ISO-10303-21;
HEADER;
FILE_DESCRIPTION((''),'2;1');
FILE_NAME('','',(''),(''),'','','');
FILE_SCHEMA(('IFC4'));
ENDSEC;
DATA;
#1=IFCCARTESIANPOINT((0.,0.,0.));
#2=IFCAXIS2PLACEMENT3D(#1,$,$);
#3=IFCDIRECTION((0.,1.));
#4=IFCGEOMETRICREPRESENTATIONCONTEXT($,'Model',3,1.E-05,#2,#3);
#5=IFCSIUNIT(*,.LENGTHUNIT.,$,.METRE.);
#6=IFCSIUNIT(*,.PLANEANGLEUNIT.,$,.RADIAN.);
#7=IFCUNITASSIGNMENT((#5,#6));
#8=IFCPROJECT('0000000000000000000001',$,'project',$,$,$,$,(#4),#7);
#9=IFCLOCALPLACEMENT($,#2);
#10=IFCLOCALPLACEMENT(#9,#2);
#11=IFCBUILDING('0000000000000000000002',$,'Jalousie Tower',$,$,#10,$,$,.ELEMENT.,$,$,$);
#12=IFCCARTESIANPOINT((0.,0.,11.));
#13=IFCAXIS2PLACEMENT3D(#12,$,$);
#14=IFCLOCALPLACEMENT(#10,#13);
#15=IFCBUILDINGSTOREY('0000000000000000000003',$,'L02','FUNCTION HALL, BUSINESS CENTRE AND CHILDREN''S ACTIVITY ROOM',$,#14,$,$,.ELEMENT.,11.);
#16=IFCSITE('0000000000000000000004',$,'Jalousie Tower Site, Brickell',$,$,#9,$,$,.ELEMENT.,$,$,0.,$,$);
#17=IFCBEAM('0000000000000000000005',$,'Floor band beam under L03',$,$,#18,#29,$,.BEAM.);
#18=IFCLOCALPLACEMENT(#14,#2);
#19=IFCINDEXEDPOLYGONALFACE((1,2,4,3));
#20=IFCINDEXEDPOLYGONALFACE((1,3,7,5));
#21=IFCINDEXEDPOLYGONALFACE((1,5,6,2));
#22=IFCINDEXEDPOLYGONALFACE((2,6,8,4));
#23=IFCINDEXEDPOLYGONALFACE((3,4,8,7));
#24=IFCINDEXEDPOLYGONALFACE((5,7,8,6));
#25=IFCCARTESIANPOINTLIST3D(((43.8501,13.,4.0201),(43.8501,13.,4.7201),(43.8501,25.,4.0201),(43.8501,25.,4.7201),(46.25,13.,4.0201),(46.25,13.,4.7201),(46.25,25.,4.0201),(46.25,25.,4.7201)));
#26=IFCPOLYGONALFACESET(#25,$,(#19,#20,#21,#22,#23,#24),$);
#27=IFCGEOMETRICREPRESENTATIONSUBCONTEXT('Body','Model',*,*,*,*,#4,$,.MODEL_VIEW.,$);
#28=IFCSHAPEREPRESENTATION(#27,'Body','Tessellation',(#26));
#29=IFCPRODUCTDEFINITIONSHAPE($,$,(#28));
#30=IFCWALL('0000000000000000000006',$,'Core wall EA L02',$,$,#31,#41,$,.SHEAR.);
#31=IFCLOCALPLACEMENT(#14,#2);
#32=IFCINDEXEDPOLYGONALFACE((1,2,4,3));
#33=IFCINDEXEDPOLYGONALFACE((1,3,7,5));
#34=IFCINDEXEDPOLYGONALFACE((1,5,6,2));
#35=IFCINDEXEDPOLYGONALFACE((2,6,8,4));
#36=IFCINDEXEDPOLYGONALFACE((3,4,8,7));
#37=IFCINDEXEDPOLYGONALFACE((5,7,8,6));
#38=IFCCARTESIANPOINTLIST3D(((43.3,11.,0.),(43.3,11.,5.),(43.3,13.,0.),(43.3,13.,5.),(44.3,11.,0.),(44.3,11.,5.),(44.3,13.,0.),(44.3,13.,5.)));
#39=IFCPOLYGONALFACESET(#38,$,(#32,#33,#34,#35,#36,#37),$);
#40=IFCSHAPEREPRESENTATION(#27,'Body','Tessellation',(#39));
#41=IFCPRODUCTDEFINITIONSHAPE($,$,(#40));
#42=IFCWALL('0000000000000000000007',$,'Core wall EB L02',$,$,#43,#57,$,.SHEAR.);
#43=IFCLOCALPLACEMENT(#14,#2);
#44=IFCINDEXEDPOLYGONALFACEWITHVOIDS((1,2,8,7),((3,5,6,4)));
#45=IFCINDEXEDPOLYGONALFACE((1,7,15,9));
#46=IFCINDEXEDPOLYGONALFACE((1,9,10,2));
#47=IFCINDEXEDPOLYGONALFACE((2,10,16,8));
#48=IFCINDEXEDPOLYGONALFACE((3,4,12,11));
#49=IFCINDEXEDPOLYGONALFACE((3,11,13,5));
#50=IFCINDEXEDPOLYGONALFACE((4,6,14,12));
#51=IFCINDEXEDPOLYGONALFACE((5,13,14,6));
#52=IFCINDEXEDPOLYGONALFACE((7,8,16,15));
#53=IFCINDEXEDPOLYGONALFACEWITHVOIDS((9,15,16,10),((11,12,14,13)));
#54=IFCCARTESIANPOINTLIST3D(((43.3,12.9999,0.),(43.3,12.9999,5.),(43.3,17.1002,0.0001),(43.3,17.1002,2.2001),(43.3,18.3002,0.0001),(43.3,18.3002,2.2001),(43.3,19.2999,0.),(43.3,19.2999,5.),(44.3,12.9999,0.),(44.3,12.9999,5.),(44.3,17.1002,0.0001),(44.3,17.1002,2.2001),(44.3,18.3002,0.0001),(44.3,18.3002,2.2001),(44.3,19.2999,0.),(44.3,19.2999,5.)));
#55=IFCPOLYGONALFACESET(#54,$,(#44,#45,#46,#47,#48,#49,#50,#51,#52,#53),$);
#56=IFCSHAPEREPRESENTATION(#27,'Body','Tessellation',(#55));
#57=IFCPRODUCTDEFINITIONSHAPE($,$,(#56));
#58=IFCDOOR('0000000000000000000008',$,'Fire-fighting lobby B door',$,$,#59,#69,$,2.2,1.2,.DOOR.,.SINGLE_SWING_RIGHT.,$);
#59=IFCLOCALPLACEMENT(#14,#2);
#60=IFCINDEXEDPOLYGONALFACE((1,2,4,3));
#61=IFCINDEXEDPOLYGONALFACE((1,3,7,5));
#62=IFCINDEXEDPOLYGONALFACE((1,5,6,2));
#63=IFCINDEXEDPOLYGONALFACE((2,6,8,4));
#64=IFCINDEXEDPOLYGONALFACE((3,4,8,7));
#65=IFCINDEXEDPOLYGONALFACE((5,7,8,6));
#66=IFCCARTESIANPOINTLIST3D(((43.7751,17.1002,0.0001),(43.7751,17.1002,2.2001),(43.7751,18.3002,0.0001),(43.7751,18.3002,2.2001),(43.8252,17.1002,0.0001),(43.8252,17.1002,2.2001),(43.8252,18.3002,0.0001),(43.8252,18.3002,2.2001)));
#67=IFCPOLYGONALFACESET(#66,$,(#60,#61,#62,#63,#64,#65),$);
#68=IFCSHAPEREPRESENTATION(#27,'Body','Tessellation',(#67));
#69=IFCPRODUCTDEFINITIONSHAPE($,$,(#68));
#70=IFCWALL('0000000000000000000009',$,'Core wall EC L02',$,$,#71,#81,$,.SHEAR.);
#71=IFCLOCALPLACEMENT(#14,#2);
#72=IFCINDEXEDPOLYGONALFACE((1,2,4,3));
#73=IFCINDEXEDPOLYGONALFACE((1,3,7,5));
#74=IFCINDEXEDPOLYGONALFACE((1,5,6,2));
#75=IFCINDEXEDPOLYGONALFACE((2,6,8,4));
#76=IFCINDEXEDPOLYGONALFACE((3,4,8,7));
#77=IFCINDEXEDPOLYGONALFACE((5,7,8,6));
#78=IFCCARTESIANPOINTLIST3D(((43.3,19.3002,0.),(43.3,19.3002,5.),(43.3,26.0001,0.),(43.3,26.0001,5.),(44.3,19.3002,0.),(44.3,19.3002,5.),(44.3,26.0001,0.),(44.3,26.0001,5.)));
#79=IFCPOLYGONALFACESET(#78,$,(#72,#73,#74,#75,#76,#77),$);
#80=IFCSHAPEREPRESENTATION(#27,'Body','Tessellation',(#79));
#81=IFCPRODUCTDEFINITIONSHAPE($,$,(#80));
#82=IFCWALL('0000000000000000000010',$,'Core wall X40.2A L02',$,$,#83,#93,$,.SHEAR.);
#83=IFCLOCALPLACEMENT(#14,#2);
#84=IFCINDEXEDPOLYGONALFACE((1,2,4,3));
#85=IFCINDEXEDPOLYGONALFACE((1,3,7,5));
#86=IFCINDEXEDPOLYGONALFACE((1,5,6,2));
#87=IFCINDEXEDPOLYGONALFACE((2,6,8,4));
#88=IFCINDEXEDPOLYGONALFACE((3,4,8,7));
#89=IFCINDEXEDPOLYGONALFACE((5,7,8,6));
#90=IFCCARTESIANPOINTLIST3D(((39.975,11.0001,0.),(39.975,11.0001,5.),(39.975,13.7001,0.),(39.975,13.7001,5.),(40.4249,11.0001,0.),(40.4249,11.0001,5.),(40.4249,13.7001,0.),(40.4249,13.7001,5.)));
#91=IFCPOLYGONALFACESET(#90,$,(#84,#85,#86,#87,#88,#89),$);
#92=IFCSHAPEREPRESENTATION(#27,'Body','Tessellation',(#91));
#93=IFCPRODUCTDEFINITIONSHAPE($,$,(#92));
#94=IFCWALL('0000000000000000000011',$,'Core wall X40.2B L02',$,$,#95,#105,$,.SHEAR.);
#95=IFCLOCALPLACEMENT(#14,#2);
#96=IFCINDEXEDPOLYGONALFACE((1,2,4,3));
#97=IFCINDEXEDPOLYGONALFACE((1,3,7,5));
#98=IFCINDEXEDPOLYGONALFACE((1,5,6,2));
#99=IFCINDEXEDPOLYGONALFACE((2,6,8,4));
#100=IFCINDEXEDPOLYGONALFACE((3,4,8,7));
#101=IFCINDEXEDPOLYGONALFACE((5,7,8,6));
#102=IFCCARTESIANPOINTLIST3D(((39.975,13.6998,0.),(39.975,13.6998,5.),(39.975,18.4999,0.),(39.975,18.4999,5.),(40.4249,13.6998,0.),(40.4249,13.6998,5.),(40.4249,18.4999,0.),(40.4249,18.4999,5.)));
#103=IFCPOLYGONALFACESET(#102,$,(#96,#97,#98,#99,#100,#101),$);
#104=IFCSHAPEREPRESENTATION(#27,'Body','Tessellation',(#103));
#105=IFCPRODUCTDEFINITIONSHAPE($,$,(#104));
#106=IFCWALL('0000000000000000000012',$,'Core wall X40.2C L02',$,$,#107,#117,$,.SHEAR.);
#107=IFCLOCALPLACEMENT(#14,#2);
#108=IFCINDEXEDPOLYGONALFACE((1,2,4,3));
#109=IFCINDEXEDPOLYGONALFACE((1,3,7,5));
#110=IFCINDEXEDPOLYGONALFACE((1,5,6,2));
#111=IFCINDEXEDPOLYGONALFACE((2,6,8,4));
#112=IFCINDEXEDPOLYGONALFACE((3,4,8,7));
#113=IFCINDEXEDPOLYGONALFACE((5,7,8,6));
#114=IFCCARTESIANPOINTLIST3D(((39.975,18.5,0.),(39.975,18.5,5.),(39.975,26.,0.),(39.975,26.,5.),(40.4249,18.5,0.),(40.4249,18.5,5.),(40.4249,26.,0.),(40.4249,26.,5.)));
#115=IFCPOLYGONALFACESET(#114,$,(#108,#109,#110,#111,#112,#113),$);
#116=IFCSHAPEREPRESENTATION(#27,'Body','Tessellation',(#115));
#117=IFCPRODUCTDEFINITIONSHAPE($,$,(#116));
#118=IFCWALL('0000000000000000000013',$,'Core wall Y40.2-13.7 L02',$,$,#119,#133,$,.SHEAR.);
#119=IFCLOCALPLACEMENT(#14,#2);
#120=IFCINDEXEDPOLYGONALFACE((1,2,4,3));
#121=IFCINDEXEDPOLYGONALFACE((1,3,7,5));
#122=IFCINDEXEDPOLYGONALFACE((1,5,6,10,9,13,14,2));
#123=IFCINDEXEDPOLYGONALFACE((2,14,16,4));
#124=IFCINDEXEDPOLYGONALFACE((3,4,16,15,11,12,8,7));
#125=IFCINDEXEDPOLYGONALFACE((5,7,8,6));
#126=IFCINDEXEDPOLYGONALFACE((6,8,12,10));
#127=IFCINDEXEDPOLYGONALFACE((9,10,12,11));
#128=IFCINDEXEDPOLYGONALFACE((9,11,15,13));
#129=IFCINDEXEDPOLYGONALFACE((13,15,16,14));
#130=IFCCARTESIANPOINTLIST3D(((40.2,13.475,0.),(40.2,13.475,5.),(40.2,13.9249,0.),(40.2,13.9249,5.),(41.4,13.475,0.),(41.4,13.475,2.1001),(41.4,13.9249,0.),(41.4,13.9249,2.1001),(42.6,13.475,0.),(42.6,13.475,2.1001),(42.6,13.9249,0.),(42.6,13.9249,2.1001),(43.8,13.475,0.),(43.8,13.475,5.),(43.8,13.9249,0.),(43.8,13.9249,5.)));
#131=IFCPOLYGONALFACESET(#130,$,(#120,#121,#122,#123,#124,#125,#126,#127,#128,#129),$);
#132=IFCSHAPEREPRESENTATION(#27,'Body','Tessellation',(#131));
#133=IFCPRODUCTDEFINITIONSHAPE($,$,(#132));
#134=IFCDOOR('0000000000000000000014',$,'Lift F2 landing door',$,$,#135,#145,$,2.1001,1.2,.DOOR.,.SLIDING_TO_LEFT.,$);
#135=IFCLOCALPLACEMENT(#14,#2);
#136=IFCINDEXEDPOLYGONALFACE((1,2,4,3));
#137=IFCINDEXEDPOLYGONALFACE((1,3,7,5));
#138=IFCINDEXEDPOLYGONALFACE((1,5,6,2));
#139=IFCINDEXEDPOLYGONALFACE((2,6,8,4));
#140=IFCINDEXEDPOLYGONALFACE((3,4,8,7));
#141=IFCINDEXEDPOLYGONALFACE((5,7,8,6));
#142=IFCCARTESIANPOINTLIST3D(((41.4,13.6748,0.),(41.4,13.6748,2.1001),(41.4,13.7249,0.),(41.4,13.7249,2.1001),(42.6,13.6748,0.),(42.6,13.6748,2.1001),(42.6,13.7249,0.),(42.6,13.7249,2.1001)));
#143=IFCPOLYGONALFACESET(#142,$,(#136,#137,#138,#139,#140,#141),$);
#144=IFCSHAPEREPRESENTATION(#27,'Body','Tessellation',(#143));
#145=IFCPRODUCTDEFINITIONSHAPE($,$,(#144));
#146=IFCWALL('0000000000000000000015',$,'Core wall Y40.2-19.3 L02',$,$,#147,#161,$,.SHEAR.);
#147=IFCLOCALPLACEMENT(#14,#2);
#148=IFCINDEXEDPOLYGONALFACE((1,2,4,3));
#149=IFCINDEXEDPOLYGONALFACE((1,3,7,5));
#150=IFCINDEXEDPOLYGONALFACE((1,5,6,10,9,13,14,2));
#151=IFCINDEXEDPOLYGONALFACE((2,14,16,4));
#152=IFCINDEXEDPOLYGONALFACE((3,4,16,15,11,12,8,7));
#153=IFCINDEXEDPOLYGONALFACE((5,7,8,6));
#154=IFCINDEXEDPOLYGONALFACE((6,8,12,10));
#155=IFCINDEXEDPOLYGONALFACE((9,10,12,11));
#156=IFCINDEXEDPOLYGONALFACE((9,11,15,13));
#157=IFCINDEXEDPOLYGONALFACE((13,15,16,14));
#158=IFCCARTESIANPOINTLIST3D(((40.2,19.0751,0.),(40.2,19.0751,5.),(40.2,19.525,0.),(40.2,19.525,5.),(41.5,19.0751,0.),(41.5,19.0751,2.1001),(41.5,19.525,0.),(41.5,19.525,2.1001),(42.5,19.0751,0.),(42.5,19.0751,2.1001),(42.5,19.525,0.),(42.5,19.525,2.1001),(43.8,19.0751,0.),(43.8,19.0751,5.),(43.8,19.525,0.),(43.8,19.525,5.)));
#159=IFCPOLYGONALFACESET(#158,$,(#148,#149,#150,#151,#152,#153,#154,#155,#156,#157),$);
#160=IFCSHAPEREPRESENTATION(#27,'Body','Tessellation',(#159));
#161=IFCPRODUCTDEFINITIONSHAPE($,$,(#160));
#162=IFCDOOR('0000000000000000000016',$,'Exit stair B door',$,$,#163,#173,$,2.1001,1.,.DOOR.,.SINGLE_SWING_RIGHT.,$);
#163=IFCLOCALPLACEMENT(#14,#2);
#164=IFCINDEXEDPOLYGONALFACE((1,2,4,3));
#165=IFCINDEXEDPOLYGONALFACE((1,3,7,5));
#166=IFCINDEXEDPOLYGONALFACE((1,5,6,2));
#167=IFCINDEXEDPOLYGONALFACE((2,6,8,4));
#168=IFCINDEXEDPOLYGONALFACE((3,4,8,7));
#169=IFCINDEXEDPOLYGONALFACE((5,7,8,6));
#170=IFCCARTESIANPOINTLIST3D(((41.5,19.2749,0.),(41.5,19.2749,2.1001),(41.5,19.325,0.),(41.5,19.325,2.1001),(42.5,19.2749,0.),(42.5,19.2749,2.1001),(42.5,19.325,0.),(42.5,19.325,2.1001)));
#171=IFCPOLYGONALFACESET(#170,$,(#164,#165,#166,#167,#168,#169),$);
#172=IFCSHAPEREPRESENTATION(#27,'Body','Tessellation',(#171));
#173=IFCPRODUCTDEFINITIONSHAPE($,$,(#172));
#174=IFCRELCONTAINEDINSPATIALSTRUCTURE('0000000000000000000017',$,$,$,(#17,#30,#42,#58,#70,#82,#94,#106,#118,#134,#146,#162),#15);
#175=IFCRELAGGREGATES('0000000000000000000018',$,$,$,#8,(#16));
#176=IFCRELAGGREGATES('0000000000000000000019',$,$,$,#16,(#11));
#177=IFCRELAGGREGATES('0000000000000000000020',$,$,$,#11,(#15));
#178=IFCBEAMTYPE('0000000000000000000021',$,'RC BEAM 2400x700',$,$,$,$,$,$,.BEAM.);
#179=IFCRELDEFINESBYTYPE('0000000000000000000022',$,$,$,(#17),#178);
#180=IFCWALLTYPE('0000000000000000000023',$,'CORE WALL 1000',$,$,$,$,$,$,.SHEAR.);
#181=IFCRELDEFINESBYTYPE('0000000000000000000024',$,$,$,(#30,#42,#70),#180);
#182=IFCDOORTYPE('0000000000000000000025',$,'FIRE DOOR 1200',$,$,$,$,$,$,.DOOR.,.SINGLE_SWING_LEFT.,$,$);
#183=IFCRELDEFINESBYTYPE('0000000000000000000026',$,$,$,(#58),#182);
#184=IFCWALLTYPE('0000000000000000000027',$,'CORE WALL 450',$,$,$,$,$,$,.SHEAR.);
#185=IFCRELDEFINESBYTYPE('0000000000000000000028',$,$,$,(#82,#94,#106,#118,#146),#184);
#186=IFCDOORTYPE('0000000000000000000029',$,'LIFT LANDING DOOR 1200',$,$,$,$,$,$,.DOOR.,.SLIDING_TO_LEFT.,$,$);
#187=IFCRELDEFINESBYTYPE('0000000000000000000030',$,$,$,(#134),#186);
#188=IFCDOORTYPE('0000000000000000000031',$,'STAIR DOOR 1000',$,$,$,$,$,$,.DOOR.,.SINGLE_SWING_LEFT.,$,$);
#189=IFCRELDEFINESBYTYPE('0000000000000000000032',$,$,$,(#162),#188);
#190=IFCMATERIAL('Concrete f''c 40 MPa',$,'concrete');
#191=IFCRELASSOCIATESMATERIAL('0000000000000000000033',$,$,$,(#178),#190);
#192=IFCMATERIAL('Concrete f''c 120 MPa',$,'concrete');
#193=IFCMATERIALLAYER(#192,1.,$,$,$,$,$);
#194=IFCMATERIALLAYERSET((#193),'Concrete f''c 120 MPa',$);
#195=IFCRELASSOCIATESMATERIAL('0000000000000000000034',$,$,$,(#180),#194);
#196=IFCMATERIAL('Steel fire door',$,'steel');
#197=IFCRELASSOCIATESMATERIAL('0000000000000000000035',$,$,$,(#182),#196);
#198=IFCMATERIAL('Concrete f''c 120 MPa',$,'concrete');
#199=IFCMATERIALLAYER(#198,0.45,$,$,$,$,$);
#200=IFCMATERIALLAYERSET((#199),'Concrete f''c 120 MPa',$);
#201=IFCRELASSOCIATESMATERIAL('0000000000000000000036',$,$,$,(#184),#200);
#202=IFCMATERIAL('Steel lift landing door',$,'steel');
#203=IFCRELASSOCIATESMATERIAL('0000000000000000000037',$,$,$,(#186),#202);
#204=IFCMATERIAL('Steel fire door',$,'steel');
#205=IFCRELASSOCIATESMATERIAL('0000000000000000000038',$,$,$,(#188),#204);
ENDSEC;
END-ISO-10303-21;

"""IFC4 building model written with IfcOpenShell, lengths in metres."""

from ifc_helpers import new_model, si_unit, direction, frame, frame_2d, origin, origin_2d, place, context, subcontext, project, spatial, rectangle, extrude, material, layer, layer_set, material_profile, profile_set, type_object, element, fill, save


model = new_model("IFC4")

# Units and contexts
model_context = context("Model", 3, precision=1e-05, world=origin(), true_north=direction((0.0, 1.0)))
body_context = subcontext(model_context, "Body", "Model", "MODEL_VIEW")
ifc_project = project(units=[si_unit("LENGTHUNIT", "METRE"), si_unit("PLANEANGLEUNIT", "RADIAN")], contexts=[model_context])

# Site, building, storey
site_placement = place(None, origin())
site = spatial("IfcSite", under=ifc_project, at=site_placement, Name="Jalousie Tower Site, Brickell", CompositionType="ELEMENT", RefElevation=0.0)
building_placement = place(site_placement, origin())
building = spatial("IfcBuilding", under=site, at=building_placement, Name="Jalousie Tower", CompositionType="ELEMENT")
storey_placement = place(building_placement, frame((0.0, 0.0, 11.0)))
storey = spatial("IfcBuildingStorey", under=building, at=storey_placement, Name="L02", Description="FUNCTION HALL, BUSINESS CENTRE AND CHILDREN'S ACTIVITY ROOM", CompositionType="ELEMENT", Elevation=11.0)

# Beam
ifc_material_1 = material(Name="Concrete f'c 40 MPa", Category="concrete")
ifc_material_profile = material_profile(ifc_material_1, rectangle(XDim=2.3999, YDim=0.7, at=origin_2d()), Name="RC 2400x700")
ifc_profile_set = profile_set([ifc_material_profile], Name="Concrete f'c 40 MPa")
beam_type = type_object("IfcBeamType", Name="RC BEAM 2400x700", PredefinedType="BEAM", material=ifc_profile_set)
beam_placement = place(storey_placement, frame((45.05, 13.0, 4.3701), z_axis=(0.0, 1.0, 0.0), x_axis=(-1.0, 0.0, 0.0)))
element("IfcBeam", 1, at=beam_placement, inside=storey, type_object=beam_type, Name="Floor band beam under L03", PredefinedType="BEAM", context=body_context, shape_type="SweptSolid", body=[
    extrude(rectangle(XDim=2.3999, YDim=0.7, at=origin_2d()), origin(), (0.0, 0.0, 1.0), 12.0),
])

# Wall
ifc_material_2 = material(Name="Concrete f'c 120 MPa", Category="concrete")
ifc_layer_1 = layer(ifc_material_2, 1.0)
ifc_layer_set_1 = layer_set([ifc_layer_1], Name="Concrete f'c 120 MPa")
wall_type_1 = type_object("IfcWallType", Name="CORE WALL 1000", PredefinedType="SHEAR", material=ifc_layer_set_1)
wall_1_placement = place(storey_placement, frame((43.8, 11.0, 0.0), z_axis=(0.0, 0.0, 1.0), x_axis=(0.0, 1.0, 0.0)))
element("IfcWall", 2, at=wall_1_placement, inside=storey, type_object=wall_type_1, Name="Core wall EA L02", PredefinedType="SHEAR", context=body_context, shape_type="SweptSolid", body=[
    extrude(rectangle(XDim=2.0, YDim=1.0, at=frame_2d((1.0, 0.0))), origin(), (0.0, 0.0, 1.0), 5.0),
])

# Wall, opening, door
wall_2_placement = place(storey_placement, frame((43.8, 13.0, 0.0), z_axis=(0.0, 0.0, 1.0), x_axis=(0.0, 1.0, 0.0)))
wall_2 = element("IfcWall", 3, at=wall_2_placement, inside=storey, type_object=wall_type_1, Name="Core wall EB L02", PredefinedType="SHEAR", context=body_context, shape_type="SweptSolid", body=[
    extrude(rectangle(XDim=6.3, YDim=1.0, at=frame_2d((3.1499, 0.0))), origin(), (0.0, 0.0, 1.0), 5.0),
])
opening_1_placement = place(wall_2_placement, frame((4.1001, 0.0, 0.0)))
opening_1 = element("IfcOpeningElement", 4, at=opening_1_placement, cuts=wall_2, PredefinedType="OPENING", context=body_context, shape_type="SweptSolid", body=[
    extrude(rectangle(XDim=1.2, YDim=2.2, at=frame_2d((0.6001, 1.1001))), frame((0.0, 0.51, 0.0), z_axis=(0.0, -1.0, 0.0), x_axis=(1.0, 0.0, 0.0)), (0.0, 0.0, 1.0), 1.02),
])
ifc_material_3 = material(Name="Steel fire door", Category="steel")
door_type_1 = type_object("IfcDoorType", Name="FIRE DOOR 1200", OperationType="SINGLE_SWING_LEFT", PredefinedType="DOOR", material=ifc_material_3)
door_1_placement = place(opening_1_placement, origin())
door_1 = element("IfcDoor", 5, at=door_1_placement, inside=storey, type_object=door_type_1, Name="Fire-fighting lobby B door", OperationType="SINGLE_SWING_RIGHT", OverallHeight=2.2, OverallWidth=1.2, PredefinedType="DOOR", context=body_context, shape_type="SweptSolid", body=[
    extrude(rectangle(XDim=1.2, YDim=2.2, at=frame_2d((0.6001, 1.1001))), frame((0.0, 0.0249, 0.0), z_axis=(0.0, -1.0, 0.0), x_axis=(1.0, 0.0, 0.0)), (0.0, 0.0, 1.0), 0.05),
])
fill(opening_1, door_1)

# Walls
wall_3_placement = place(storey_placement, frame((43.8, 19.3, 0.0), z_axis=(0.0, 0.0, 1.0), x_axis=(0.0, 1.0, 0.0)))
element("IfcWall", 6, at=wall_3_placement, inside=storey, type_object=wall_type_1, Name="Core wall EC L02", PredefinedType="SHEAR", context=body_context, shape_type="SweptSolid", body=[
    extrude(rectangle(XDim=6.7, YDim=1.0, at=frame_2d((3.3501, 0.0))), origin(), (0.0, 0.0, 1.0), 5.0),
])
ifc_material_4 = material(Name="Concrete f'c 120 MPa", Category="concrete")
ifc_layer_2 = layer(ifc_material_4, 0.45)
ifc_layer_set_2 = layer_set([ifc_layer_2], Name="Concrete f'c 120 MPa")
wall_type_2 = type_object("IfcWallType", Name="CORE WALL 450", PredefinedType="SHEAR", material=ifc_layer_set_2)
wall_4_placement = place(storey_placement, frame((40.2, 11.0, 0.0), z_axis=(0.0, 0.0, 1.0), x_axis=(0.0, 1.0, 0.0)))
element("IfcWall", 7, at=wall_4_placement, inside=storey, type_object=wall_type_2, Name="Core wall X40.2A L02", PredefinedType="SHEAR", context=body_context, shape_type="SweptSolid", body=[
    extrude(rectangle(XDim=2.7, YDim=0.45, at=frame_2d((1.3501, 0.0))), origin(), (0.0, 0.0, 1.0), 5.0),
])
wall_5_placement = place(storey_placement, frame((40.2, 13.7, 0.0), z_axis=(0.0, 0.0, 1.0), x_axis=(0.0, 1.0, 0.0)))
element("IfcWall", 8, at=wall_5_placement, inside=storey, type_object=wall_type_2, Name="Core wall X40.2B L02", PredefinedType="SHEAR", context=body_context, shape_type="SweptSolid", body=[
    extrude(rectangle(XDim=4.8, YDim=0.45, at=frame_2d((2.3999, 0.0))), origin(), (0.0, 0.0, 1.0), 5.0),
])
wall_6_placement = place(storey_placement, frame((40.2, 18.5, 0.0), z_axis=(0.0, 0.0, 1.0), x_axis=(0.0, 1.0, 0.0)))
element("IfcWall", 9, at=wall_6_placement, inside=storey, type_object=wall_type_2, Name="Core wall X40.2C L02", PredefinedType="SHEAR", context=body_context, shape_type="SweptSolid", body=[
    extrude(rectangle(XDim=7.5, YDim=0.45, at=frame_2d((3.75, 0.0))), origin(), (0.0, 0.0, 1.0), 5.0),
])

# Walls, openings, doors
wall_7_placement = place(storey_placement, frame((40.2, 13.7, 0.0), z_axis=(0.0, 0.0, 1.0), x_axis=(1.0, 0.0, 0.0)))
wall_7 = element("IfcWall", 10, at=wall_7_placement, inside=storey, type_object=wall_type_2, Name="Core wall Y40.2-13.7 L02", PredefinedType="SHEAR", context=body_context, shape_type="SweptSolid", body=[
    extrude(rectangle(XDim=3.6001, YDim=0.45, at=frame_2d((1.8, 0.0))), origin(), (0.0, 0.0, 1.0), 5.0),
])
opening_2_placement = place(wall_7_placement, frame((1.2, 0.0, 0.0)))
opening_2 = element("IfcOpeningElement", 11, at=opening_2_placement, cuts=wall_7, PredefinedType="OPENING", context=body_context, shape_type="SweptSolid", body=[
    extrude(rectangle(XDim=1.2, YDim=2.1001, at=frame_2d((0.6001, 1.05))), frame((0.0, 0.2349, 0.0), z_axis=(0.0, -1.0, 0.0), x_axis=(1.0, 0.0, 0.0)), (0.0, 0.0, 1.0), 0.47),
])
ifc_material_5 = material(Name="Steel lift landing door", Category="steel")
door_type_2 = type_object("IfcDoorType", Name="LIFT LANDING DOOR 1200", OperationType="SLIDING_TO_LEFT", PredefinedType="DOOR", material=ifc_material_5)
door_2_placement = place(opening_2_placement, origin())
door_2 = element("IfcDoor", 12, at=door_2_placement, inside=storey, type_object=door_type_2, Name="Lift F2 landing door", OperationType="SLIDING_TO_LEFT", OverallHeight=2.1001, OverallWidth=1.2, PredefinedType="DOOR", context=body_context, shape_type="SweptSolid", body=[
    extrude(rectangle(XDim=1.2, YDim=2.1001, at=frame_2d((0.6001, 1.05))), frame((0.0, 0.0249, 0.0), z_axis=(0.0, -1.0, 0.0), x_axis=(1.0, 0.0, 0.0)), (0.0, 0.0, 1.0), 0.05),
])
fill(opening_2, door_2)
wall_8_placement = place(storey_placement, frame((40.2, 19.3, 0.0), z_axis=(0.0, 0.0, 1.0), x_axis=(1.0, 0.0, 0.0)))
wall_8 = element("IfcWall", 13, at=wall_8_placement, inside=storey, type_object=wall_type_2, Name="Core wall Y40.2-19.3 L02", PredefinedType="SHEAR", context=body_context, shape_type="SweptSolid", body=[
    extrude(rectangle(XDim=3.6001, YDim=0.45, at=frame_2d((1.8, 0.0))), origin(), (0.0, 0.0, 1.0), 5.0),
])
opening_3_placement = place(wall_8_placement, frame((1.3, 0.0, 0.0)))
opening_3 = element("IfcOpeningElement", 14, at=opening_3_placement, cuts=wall_8, PredefinedType="OPENING", context=body_context, shape_type="SweptSolid", body=[
    extrude(rectangle(XDim=1.0, YDim=2.1001, at=frame_2d((0.5, 1.05))), frame((0.0, 0.2349, 0.0), z_axis=(0.0, -1.0, 0.0), x_axis=(1.0, 0.0, 0.0)), (0.0, 0.0, 1.0), 0.47),
])
ifc_material_6 = material(Name="Steel fire door", Category="steel")
door_type_3 = type_object("IfcDoorType", Name="STAIR DOOR 1000", OperationType="SINGLE_SWING_LEFT", PredefinedType="DOOR", material=ifc_material_6)
door_3_placement = place(opening_3_placement, origin())
door_3 = element("IfcDoor", 15, at=door_3_placement, inside=storey, type_object=door_type_3, Name="Exit stair B door", OperationType="SINGLE_SWING_RIGHT", OverallHeight=2.1001, OverallWidth=1.0, PredefinedType="DOOR", context=body_context, shape_type="SweptSolid", body=[
    extrude(rectangle(XDim=1.0, YDim=2.1001, at=frame_2d((0.5, 1.05))), frame((0.0, 0.0249, 0.0), z_axis=(0.0, -1.0, 0.0), x_axis=(1.0, 0.0, 0.0)), (0.0, 0.0, 1.0), 0.05),
])
fill(opening_3, door_3)

save(model, "model.ifc")
